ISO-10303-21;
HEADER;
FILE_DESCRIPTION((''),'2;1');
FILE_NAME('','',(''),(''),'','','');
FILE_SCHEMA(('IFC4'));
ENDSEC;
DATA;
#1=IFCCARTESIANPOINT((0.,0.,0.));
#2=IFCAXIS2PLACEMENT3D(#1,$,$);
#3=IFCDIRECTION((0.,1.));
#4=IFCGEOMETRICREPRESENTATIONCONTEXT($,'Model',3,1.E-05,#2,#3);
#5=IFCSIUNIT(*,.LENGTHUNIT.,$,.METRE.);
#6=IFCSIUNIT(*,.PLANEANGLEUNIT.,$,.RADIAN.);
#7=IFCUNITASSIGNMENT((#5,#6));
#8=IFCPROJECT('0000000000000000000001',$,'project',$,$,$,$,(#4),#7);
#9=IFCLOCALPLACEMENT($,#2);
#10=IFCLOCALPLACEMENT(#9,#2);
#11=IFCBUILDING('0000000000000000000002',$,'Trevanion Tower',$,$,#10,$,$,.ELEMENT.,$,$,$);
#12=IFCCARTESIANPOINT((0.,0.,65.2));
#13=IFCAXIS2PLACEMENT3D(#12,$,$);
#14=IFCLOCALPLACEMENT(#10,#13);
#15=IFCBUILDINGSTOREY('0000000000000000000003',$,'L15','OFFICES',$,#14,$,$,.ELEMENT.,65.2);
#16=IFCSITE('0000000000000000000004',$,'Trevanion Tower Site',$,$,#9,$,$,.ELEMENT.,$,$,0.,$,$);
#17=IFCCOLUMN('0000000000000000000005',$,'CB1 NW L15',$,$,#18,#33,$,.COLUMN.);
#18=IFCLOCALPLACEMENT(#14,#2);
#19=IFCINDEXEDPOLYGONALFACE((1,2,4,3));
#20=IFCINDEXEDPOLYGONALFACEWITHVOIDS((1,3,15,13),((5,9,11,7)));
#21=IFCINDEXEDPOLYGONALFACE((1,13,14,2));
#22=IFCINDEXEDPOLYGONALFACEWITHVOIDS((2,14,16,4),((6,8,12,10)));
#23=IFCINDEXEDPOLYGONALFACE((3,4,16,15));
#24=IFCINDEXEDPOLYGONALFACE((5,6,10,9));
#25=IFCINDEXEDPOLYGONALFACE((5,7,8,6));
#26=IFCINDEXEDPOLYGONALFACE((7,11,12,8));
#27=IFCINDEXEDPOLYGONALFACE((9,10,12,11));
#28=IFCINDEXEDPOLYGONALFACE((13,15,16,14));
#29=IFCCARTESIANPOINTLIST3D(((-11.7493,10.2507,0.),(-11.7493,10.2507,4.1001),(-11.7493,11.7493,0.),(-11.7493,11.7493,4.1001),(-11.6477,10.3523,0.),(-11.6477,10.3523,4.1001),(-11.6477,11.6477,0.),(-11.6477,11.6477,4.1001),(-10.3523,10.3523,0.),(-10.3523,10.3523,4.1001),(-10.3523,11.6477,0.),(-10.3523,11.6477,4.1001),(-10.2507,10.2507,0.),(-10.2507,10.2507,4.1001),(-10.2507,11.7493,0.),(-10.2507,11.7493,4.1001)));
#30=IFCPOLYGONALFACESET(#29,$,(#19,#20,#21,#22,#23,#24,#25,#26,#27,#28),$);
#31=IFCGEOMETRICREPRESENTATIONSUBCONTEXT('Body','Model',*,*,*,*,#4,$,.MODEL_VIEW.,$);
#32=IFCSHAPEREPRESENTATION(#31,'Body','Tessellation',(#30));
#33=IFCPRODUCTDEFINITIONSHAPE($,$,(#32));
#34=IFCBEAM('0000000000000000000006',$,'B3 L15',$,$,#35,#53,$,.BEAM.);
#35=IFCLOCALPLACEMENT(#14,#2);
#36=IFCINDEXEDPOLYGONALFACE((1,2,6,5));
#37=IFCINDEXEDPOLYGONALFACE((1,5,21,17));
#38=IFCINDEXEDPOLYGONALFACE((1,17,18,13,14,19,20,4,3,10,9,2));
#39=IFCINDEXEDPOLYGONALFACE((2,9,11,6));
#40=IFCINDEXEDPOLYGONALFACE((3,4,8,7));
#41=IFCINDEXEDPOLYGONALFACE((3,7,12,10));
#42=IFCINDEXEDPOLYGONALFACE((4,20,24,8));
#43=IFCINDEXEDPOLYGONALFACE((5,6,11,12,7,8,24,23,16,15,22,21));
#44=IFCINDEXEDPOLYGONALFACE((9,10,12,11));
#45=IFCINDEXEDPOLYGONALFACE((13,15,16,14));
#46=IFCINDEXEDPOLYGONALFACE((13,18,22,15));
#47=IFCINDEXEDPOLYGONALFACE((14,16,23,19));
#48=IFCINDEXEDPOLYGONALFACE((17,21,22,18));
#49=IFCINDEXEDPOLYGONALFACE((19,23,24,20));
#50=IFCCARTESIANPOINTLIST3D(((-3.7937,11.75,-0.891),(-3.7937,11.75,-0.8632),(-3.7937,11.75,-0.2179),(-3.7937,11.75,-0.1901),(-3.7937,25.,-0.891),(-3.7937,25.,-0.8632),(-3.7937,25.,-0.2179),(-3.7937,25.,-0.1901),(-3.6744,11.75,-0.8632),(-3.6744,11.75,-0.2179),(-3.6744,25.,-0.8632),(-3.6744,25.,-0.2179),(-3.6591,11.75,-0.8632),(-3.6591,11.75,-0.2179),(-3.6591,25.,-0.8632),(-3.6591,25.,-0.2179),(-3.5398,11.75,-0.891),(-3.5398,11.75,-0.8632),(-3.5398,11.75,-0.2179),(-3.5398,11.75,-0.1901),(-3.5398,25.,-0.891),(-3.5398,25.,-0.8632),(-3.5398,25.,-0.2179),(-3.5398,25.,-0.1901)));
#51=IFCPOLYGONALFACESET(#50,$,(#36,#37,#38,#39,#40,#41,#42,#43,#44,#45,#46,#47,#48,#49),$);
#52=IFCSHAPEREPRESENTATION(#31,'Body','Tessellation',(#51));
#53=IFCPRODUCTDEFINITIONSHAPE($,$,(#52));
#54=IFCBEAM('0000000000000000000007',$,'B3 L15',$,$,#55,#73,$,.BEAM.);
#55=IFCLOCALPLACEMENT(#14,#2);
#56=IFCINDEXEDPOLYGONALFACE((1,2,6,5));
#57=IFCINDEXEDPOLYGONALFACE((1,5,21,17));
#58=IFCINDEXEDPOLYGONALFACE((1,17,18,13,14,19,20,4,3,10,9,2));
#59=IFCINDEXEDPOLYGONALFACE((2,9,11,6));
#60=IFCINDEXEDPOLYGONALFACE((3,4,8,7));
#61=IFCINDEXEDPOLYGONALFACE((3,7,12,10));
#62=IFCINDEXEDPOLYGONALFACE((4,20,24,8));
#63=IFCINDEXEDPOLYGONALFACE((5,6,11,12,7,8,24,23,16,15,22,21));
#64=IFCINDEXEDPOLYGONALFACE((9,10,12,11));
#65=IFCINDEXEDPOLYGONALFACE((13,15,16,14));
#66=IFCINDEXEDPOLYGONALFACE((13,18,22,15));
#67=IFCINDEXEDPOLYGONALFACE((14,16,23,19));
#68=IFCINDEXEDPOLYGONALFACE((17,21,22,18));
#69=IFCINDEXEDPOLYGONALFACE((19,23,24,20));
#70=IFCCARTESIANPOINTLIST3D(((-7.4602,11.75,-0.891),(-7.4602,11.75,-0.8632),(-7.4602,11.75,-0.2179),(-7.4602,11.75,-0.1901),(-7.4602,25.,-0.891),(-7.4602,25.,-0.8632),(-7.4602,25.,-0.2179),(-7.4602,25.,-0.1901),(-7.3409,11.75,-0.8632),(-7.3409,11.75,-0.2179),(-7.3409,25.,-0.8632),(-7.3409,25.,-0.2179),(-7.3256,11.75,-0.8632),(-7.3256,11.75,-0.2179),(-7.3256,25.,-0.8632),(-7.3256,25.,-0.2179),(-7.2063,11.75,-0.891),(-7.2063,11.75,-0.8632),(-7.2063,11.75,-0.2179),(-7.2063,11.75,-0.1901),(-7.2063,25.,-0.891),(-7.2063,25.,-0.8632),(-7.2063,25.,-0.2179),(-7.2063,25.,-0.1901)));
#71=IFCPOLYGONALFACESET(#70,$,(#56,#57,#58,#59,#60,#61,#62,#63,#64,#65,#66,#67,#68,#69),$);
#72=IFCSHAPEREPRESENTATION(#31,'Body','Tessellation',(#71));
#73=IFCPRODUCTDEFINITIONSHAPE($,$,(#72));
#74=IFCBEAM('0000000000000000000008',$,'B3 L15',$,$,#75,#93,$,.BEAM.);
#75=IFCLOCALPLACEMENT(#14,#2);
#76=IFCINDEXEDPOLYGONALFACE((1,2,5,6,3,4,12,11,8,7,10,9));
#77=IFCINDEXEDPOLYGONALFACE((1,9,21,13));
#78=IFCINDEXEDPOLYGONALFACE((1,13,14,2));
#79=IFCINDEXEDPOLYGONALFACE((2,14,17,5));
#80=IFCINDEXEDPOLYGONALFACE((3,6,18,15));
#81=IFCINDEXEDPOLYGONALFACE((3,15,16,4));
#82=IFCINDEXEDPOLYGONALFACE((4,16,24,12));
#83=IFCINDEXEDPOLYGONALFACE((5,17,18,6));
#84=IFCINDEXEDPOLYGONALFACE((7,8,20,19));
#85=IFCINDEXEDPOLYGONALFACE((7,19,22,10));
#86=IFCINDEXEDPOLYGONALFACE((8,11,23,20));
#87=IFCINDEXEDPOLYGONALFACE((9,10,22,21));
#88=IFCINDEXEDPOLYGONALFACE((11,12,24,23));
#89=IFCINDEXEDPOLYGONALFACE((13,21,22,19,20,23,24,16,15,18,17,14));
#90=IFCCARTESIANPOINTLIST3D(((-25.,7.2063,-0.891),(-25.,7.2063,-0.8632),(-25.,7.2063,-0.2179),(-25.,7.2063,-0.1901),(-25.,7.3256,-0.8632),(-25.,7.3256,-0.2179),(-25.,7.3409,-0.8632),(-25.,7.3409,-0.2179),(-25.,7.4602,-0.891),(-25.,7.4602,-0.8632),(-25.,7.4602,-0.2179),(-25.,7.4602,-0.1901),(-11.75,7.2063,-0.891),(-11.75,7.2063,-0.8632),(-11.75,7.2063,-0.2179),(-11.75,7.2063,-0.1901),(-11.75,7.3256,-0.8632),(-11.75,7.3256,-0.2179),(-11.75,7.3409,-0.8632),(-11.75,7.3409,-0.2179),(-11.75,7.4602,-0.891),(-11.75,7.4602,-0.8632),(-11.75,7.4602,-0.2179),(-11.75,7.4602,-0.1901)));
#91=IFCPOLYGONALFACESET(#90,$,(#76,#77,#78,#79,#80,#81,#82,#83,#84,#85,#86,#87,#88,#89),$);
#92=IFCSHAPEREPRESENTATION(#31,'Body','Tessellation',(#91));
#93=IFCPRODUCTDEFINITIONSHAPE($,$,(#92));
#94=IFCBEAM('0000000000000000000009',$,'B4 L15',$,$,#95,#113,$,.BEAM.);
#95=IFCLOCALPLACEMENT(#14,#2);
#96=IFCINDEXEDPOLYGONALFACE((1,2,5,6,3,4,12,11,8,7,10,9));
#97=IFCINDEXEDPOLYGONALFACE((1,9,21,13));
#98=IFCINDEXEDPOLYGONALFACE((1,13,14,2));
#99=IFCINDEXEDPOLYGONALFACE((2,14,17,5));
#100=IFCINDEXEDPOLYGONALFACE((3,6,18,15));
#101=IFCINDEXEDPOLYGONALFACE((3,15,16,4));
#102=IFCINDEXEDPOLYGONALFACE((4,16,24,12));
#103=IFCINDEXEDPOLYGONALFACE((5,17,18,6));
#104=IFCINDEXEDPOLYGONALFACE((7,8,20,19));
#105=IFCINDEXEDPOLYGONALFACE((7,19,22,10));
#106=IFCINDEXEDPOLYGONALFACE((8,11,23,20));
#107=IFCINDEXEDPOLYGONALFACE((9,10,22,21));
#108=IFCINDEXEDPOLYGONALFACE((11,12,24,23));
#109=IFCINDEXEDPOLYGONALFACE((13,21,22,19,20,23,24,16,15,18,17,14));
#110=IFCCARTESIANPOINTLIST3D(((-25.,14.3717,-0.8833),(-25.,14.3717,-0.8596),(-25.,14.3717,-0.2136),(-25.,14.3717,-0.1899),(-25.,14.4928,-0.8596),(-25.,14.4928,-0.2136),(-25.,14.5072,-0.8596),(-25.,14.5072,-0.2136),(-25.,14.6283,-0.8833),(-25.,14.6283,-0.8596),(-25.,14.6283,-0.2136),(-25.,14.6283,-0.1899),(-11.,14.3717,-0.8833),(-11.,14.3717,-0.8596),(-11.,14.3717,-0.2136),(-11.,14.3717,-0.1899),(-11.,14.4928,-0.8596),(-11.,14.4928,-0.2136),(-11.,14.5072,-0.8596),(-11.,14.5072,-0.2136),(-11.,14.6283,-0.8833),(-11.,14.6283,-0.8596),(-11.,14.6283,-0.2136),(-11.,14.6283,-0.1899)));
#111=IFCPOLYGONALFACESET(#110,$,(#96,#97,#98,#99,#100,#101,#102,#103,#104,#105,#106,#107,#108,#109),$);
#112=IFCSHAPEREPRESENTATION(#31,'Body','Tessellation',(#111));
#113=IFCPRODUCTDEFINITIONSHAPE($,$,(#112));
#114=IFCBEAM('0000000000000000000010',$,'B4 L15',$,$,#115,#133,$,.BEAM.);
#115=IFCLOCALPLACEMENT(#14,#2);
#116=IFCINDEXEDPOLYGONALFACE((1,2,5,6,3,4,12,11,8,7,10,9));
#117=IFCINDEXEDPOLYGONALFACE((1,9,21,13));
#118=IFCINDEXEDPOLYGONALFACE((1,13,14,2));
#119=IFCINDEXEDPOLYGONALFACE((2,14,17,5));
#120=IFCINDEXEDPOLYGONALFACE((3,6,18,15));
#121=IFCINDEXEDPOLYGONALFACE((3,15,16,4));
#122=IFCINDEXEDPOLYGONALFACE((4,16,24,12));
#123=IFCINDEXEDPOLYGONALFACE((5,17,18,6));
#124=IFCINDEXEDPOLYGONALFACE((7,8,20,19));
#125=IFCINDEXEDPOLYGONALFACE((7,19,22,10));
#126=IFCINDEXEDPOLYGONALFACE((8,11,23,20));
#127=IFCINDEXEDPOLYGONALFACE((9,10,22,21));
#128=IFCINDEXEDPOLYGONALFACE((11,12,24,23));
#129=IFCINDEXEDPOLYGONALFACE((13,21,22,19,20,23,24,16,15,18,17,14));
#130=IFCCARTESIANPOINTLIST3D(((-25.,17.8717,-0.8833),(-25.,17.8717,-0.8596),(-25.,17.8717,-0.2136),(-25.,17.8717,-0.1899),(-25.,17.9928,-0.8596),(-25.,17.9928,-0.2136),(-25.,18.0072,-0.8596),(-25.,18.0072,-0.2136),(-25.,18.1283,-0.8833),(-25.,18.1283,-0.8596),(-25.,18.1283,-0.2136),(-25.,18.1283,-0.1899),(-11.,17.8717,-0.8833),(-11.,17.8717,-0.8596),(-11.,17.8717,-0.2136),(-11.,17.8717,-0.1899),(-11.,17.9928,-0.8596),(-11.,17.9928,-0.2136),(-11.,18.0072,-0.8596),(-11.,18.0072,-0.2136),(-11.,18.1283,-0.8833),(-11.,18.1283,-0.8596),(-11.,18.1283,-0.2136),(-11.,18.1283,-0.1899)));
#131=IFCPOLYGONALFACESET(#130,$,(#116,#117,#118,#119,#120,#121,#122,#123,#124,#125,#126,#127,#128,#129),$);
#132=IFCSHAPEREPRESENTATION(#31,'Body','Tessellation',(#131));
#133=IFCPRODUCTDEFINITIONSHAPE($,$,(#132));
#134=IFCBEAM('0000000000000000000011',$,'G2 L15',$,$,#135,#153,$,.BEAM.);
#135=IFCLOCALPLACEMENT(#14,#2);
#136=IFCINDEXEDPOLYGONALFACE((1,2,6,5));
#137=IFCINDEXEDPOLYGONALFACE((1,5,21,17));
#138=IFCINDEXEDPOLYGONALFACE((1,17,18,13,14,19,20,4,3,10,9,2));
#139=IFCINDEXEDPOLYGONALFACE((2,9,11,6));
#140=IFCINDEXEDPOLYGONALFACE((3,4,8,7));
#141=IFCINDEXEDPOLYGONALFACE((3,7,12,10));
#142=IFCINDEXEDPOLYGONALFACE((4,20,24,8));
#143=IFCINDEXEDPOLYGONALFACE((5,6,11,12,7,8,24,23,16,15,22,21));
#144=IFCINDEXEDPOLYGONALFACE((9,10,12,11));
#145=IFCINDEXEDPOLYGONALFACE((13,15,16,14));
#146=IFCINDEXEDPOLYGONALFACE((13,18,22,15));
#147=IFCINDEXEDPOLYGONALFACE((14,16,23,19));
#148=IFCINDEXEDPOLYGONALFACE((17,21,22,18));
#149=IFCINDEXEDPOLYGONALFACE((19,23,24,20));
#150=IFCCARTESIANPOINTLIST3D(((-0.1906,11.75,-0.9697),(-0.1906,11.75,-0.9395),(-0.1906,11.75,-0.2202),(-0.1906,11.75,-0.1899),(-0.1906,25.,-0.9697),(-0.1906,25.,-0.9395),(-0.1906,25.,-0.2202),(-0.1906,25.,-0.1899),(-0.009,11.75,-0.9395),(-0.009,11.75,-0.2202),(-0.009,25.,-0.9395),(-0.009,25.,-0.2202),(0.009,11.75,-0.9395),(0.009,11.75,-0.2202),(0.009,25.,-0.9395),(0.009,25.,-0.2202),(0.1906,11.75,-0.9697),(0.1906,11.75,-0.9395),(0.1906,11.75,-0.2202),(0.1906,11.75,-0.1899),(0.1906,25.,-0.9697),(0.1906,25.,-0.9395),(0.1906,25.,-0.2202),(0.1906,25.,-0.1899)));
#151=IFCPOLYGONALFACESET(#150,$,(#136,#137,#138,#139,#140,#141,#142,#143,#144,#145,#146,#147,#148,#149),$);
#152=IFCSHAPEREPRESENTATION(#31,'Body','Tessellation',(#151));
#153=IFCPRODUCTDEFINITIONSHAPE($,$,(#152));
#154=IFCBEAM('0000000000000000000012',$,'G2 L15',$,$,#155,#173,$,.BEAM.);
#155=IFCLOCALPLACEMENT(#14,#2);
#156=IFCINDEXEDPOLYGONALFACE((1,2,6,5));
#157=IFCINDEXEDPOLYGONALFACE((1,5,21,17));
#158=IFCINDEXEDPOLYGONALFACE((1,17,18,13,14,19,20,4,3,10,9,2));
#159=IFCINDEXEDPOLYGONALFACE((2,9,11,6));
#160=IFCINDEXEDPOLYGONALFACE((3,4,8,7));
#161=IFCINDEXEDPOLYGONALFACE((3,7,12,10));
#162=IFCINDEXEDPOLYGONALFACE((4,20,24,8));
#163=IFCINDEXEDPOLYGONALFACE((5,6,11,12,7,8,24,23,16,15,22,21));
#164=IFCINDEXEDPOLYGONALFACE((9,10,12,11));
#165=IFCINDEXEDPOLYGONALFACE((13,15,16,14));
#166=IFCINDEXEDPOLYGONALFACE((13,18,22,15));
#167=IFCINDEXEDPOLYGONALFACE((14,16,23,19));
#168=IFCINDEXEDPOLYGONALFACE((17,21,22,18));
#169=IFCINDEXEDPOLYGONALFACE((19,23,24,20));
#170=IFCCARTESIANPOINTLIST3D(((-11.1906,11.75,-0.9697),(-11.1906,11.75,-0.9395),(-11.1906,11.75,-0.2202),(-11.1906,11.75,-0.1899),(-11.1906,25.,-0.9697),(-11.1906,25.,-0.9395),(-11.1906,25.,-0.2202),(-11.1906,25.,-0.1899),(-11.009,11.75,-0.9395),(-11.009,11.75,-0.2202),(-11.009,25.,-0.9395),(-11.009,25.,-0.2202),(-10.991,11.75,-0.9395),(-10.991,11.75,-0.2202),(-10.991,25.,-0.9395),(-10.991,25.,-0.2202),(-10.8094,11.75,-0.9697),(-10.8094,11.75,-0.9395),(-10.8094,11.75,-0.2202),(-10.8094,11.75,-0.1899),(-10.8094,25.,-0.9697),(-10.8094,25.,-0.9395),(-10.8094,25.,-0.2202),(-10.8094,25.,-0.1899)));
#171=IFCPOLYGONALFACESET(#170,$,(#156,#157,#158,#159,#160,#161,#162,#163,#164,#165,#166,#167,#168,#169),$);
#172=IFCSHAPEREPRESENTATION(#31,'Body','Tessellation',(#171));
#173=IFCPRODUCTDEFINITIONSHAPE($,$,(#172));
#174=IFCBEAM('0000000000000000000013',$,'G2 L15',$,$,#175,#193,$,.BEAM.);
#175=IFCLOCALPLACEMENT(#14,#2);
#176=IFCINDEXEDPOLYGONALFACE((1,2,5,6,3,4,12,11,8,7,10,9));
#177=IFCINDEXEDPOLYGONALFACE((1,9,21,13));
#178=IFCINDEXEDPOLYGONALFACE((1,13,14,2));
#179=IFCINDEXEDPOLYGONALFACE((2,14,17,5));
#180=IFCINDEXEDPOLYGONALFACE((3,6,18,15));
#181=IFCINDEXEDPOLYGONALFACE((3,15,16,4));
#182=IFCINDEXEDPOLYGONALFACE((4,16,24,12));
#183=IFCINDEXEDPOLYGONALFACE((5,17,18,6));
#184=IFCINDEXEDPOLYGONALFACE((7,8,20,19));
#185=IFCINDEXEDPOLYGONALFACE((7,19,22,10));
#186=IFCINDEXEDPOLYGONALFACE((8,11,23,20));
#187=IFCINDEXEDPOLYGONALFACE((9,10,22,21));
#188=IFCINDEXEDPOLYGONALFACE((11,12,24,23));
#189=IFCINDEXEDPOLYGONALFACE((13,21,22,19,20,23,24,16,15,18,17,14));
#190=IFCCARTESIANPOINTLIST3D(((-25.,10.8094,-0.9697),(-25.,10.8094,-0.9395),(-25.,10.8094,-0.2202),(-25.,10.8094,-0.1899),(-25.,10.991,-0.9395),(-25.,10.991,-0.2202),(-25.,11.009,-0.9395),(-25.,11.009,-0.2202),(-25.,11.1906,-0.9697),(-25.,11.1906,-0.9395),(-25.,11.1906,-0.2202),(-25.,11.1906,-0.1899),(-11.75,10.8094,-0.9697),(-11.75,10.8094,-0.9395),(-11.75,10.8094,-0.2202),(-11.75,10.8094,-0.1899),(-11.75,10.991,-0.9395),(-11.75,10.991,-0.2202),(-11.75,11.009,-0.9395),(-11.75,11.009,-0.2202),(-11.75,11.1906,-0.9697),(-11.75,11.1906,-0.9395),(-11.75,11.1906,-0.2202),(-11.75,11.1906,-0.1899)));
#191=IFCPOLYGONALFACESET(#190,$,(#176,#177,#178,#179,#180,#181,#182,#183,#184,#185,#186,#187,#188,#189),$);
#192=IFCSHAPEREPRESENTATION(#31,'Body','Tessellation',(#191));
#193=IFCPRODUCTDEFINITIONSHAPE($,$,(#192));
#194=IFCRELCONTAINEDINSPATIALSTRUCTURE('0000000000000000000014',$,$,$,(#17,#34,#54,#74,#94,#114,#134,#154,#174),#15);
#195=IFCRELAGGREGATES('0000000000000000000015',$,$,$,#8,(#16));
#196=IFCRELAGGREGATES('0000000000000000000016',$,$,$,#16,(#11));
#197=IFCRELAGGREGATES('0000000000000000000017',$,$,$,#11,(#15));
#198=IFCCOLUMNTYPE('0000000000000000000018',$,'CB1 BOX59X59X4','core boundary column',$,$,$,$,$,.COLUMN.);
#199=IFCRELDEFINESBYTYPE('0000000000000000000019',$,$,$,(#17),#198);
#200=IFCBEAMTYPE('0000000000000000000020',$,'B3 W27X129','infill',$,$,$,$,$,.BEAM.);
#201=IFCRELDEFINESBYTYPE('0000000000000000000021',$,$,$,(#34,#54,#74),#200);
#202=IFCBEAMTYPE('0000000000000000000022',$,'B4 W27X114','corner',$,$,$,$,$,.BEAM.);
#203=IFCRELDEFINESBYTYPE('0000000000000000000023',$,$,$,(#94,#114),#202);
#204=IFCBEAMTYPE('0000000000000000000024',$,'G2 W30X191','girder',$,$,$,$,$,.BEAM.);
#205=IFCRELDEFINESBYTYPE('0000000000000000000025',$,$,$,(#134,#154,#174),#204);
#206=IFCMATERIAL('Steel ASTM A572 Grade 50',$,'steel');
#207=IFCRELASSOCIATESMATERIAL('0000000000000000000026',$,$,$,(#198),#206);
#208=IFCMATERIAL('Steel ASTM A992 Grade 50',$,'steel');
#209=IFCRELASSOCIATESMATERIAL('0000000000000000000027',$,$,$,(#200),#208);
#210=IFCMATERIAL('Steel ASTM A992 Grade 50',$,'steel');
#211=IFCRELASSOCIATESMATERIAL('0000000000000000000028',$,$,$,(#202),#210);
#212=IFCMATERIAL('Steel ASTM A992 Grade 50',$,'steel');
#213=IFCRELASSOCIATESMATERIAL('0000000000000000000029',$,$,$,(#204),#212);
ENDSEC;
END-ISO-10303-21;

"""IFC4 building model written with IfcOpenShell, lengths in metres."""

from ifc_helpers import new_model, si_unit, direction, frame, origin, origin_2d, place, context, subcontext, project, spatial, hollow_rectangle, i_section, extrude, material, material_profile, profile_set, type_object, element, save


model = new_model("IFC4")

# Units and contexts
model_context = context("Model", 3, precision=1e-05, world=origin(), true_north=direction((0.0, 1.0)))
body_context = subcontext(model_context, "Body", "Model", "MODEL_VIEW")
ifc_project = project(units=[si_unit("LENGTHUNIT", "METRE"), si_unit("PLANEANGLEUNIT", "RADIAN")], contexts=[model_context])

# Site, building, storey
site_placement = place(None, origin())
site = spatial("IfcSite", under=ifc_project, at=site_placement, Name="Trevanion Tower Site", CompositionType="ELEMENT", RefElevation=0.0)
building_placement = place(site_placement, origin())
building = spatial("IfcBuilding", under=site, at=building_placement, Name="Trevanion Tower", CompositionType="ELEMENT")
storey_placement = place(building_placement, frame((0.0, 0.0, 65.2)))
storey = spatial("IfcBuildingStorey", under=building, at=storey_placement, Name="L15", Description="OFFICES", CompositionType="ELEMENT", Elevation=65.2)

# Column
ifc_material_1 = material(Name="Steel ASTM A572 Grade 50", Category="steel")
ifc_material_profile_1 = material_profile(ifc_material_1, hollow_rectangle(XDim=1.4985, YDim=1.4985, WallThickness=0.1016, at=origin_2d()), Name="BOX59X59X4")
ifc_profile_set_1 = profile_set([ifc_material_profile_1], Name="Steel ASTM A572 Grade 50")
column_type = type_object("IfcColumnType", Name="CB1 BOX59X59X4", Description="core boundary column", PredefinedType="COLUMN", material=ifc_profile_set_1)
column_placement = place(storey_placement, frame((-11.0, 11.0, 0.0), z_axis=(0.0, 0.0, 1.0), x_axis=(1.0, 0.0, 0.0)))
element("IfcColumn", 1, at=column_placement, inside=storey, type_object=column_type, Name="CB1 NW L15", PredefinedType="COLUMN", context=body_context, shape_type="SweptSolid", body=[
    extrude(hollow_rectangle(XDim=1.4985, YDim=1.4985, WallThickness=0.1016, at=origin_2d()), origin(), (0.0, 0.0, 1.0), 4.1001),
])

# Beams
ifc_material_2 = material(Name="Steel ASTM A992 Grade 50", Category="steel")
ifc_material_profile_2 = material_profile(ifc_material_2, i_section(OverallWidth=0.2539, OverallDepth=0.7009, WebThickness=0.0154, FlangeThickness=0.0278, at=origin_2d()), Name="W27X129")
ifc_profile_set_2 = profile_set([ifc_material_profile_2], Name="Steel ASTM A992 Grade 50")
beam_type_1 = type_object("IfcBeamType", Name="B3 W27X129", Description="infill", PredefinedType="BEAM", material=ifc_profile_set_2)
for number, where, z_axis, x_axis, name in (
    (2, (-3.6667, 11.75, -0.5405), (0.0, 1.0, 0.0), (-1.0, 0.0, 0.0), "B3 L15"),
    (3, (-7.3333, 11.75, -0.5405), (0.0, 1.0, 0.0), (-1.0, 0.0, 0.0), "B3 L15"),
    (4, (-11.75, 7.3333, -0.5405), (-1.0, 0.0, 0.0), (0.0, -1.0, 0.0), "B3 L15"),
):
    element("IfcBeam", number, at=place(storey_placement, frame(where, z_axis=z_axis, x_axis=x_axis)), inside=storey, type_object=beam_type_1, Name=name, PredefinedType="BEAM", context=body_context, shape_type="SweptSolid", body=[
        extrude(i_section(OverallWidth=0.2539, OverallDepth=0.7009, WebThickness=0.0154, FlangeThickness=0.0278, at=origin_2d()), origin(), (0.0, 0.0, 1.0), 13.25),
    ])
ifc_material_3 = material(Name="Steel ASTM A992 Grade 50", Category="steel")
ifc_material_profile_3 = material_profile(ifc_material_3, i_section(OverallWidth=0.2566, OverallDepth=0.6934, WebThickness=0.0144, FlangeThickness=0.0237, at=origin_2d()), Name="W27X114")
ifc_profile_set_3 = profile_set([ifc_material_profile_3], Name="Steel ASTM A992 Grade 50")
beam_type_2 = type_object("IfcBeamType", Name="B4 W27X114", Description="corner", PredefinedType="BEAM", material=ifc_profile_set_3)
for number, where, z_axis, x_axis, name in (
    (5, (-11.0, 14.5, -0.5366), (-1.0, 0.0, 0.0), (0.0, -1.0, 0.0), "B4 L15"),
    (6, (-11.0, 18.0, -0.5366), (-1.0, 0.0, 0.0), (0.0, -1.0, 0.0), "B4 L15"),
):
    element("IfcBeam", number, at=place(storey_placement, frame(where, z_axis=z_axis, x_axis=x_axis)), inside=storey, type_object=beam_type_2, Name=name, PredefinedType="BEAM", context=body_context, shape_type="SweptSolid", body=[
        extrude(i_section(OverallWidth=0.2566, OverallDepth=0.6934, WebThickness=0.0144, FlangeThickness=0.0237, at=origin_2d()), origin(), (0.0, 0.0, 1.0), 14.0),
    ])
ifc_material_4 = material(Name="Steel ASTM A992 Grade 50", Category="steel")
ifc_material_profile_4 = material_profile(ifc_material_4, i_section(OverallWidth=0.3811, OverallDepth=0.7798, WebThickness=0.0181, FlangeThickness=0.0303, at=origin_2d()), Name="W30X191")
ifc_profile_set_4 = profile_set([ifc_material_profile_4], Name="Steel ASTM A992 Grade 50")
beam_type_3 = type_object("IfcBeamType", Name="G2 W30X191", Description="girder", PredefinedType="BEAM", material=ifc_profile_set_4)
for number, where, z_axis, x_axis, name in (
    (7, (0.0, 11.75, -0.5798), (0.0, 1.0, 0.0), (-1.0, 0.0, 0.0), "G2 L15"),
    (8, (-11.0, 11.75, -0.5798), (0.0, 1.0, 0.0), (-1.0, 0.0, 0.0), "G2 L15"),
    (9, (-11.75, 11.0, -0.5798), (-1.0, 0.0, 0.0), (0.0, -1.0, 0.0), "G2 L15"),
):
    element("IfcBeam", number, at=place(storey_placement, frame(where, z_axis=z_axis, x_axis=x_axis)), inside=storey, type_object=beam_type_3, Name=name, PredefinedType="BEAM", context=body_context, shape_type="SweptSolid", body=[
        extrude(i_section(OverallWidth=0.3811, OverallDepth=0.7798, WebThickness=0.0181, FlangeThickness=0.0303, at=origin_2d()), origin(), (0.0, 0.0, 1.0), 13.25),
    ])

save(model, "model.ifc")
